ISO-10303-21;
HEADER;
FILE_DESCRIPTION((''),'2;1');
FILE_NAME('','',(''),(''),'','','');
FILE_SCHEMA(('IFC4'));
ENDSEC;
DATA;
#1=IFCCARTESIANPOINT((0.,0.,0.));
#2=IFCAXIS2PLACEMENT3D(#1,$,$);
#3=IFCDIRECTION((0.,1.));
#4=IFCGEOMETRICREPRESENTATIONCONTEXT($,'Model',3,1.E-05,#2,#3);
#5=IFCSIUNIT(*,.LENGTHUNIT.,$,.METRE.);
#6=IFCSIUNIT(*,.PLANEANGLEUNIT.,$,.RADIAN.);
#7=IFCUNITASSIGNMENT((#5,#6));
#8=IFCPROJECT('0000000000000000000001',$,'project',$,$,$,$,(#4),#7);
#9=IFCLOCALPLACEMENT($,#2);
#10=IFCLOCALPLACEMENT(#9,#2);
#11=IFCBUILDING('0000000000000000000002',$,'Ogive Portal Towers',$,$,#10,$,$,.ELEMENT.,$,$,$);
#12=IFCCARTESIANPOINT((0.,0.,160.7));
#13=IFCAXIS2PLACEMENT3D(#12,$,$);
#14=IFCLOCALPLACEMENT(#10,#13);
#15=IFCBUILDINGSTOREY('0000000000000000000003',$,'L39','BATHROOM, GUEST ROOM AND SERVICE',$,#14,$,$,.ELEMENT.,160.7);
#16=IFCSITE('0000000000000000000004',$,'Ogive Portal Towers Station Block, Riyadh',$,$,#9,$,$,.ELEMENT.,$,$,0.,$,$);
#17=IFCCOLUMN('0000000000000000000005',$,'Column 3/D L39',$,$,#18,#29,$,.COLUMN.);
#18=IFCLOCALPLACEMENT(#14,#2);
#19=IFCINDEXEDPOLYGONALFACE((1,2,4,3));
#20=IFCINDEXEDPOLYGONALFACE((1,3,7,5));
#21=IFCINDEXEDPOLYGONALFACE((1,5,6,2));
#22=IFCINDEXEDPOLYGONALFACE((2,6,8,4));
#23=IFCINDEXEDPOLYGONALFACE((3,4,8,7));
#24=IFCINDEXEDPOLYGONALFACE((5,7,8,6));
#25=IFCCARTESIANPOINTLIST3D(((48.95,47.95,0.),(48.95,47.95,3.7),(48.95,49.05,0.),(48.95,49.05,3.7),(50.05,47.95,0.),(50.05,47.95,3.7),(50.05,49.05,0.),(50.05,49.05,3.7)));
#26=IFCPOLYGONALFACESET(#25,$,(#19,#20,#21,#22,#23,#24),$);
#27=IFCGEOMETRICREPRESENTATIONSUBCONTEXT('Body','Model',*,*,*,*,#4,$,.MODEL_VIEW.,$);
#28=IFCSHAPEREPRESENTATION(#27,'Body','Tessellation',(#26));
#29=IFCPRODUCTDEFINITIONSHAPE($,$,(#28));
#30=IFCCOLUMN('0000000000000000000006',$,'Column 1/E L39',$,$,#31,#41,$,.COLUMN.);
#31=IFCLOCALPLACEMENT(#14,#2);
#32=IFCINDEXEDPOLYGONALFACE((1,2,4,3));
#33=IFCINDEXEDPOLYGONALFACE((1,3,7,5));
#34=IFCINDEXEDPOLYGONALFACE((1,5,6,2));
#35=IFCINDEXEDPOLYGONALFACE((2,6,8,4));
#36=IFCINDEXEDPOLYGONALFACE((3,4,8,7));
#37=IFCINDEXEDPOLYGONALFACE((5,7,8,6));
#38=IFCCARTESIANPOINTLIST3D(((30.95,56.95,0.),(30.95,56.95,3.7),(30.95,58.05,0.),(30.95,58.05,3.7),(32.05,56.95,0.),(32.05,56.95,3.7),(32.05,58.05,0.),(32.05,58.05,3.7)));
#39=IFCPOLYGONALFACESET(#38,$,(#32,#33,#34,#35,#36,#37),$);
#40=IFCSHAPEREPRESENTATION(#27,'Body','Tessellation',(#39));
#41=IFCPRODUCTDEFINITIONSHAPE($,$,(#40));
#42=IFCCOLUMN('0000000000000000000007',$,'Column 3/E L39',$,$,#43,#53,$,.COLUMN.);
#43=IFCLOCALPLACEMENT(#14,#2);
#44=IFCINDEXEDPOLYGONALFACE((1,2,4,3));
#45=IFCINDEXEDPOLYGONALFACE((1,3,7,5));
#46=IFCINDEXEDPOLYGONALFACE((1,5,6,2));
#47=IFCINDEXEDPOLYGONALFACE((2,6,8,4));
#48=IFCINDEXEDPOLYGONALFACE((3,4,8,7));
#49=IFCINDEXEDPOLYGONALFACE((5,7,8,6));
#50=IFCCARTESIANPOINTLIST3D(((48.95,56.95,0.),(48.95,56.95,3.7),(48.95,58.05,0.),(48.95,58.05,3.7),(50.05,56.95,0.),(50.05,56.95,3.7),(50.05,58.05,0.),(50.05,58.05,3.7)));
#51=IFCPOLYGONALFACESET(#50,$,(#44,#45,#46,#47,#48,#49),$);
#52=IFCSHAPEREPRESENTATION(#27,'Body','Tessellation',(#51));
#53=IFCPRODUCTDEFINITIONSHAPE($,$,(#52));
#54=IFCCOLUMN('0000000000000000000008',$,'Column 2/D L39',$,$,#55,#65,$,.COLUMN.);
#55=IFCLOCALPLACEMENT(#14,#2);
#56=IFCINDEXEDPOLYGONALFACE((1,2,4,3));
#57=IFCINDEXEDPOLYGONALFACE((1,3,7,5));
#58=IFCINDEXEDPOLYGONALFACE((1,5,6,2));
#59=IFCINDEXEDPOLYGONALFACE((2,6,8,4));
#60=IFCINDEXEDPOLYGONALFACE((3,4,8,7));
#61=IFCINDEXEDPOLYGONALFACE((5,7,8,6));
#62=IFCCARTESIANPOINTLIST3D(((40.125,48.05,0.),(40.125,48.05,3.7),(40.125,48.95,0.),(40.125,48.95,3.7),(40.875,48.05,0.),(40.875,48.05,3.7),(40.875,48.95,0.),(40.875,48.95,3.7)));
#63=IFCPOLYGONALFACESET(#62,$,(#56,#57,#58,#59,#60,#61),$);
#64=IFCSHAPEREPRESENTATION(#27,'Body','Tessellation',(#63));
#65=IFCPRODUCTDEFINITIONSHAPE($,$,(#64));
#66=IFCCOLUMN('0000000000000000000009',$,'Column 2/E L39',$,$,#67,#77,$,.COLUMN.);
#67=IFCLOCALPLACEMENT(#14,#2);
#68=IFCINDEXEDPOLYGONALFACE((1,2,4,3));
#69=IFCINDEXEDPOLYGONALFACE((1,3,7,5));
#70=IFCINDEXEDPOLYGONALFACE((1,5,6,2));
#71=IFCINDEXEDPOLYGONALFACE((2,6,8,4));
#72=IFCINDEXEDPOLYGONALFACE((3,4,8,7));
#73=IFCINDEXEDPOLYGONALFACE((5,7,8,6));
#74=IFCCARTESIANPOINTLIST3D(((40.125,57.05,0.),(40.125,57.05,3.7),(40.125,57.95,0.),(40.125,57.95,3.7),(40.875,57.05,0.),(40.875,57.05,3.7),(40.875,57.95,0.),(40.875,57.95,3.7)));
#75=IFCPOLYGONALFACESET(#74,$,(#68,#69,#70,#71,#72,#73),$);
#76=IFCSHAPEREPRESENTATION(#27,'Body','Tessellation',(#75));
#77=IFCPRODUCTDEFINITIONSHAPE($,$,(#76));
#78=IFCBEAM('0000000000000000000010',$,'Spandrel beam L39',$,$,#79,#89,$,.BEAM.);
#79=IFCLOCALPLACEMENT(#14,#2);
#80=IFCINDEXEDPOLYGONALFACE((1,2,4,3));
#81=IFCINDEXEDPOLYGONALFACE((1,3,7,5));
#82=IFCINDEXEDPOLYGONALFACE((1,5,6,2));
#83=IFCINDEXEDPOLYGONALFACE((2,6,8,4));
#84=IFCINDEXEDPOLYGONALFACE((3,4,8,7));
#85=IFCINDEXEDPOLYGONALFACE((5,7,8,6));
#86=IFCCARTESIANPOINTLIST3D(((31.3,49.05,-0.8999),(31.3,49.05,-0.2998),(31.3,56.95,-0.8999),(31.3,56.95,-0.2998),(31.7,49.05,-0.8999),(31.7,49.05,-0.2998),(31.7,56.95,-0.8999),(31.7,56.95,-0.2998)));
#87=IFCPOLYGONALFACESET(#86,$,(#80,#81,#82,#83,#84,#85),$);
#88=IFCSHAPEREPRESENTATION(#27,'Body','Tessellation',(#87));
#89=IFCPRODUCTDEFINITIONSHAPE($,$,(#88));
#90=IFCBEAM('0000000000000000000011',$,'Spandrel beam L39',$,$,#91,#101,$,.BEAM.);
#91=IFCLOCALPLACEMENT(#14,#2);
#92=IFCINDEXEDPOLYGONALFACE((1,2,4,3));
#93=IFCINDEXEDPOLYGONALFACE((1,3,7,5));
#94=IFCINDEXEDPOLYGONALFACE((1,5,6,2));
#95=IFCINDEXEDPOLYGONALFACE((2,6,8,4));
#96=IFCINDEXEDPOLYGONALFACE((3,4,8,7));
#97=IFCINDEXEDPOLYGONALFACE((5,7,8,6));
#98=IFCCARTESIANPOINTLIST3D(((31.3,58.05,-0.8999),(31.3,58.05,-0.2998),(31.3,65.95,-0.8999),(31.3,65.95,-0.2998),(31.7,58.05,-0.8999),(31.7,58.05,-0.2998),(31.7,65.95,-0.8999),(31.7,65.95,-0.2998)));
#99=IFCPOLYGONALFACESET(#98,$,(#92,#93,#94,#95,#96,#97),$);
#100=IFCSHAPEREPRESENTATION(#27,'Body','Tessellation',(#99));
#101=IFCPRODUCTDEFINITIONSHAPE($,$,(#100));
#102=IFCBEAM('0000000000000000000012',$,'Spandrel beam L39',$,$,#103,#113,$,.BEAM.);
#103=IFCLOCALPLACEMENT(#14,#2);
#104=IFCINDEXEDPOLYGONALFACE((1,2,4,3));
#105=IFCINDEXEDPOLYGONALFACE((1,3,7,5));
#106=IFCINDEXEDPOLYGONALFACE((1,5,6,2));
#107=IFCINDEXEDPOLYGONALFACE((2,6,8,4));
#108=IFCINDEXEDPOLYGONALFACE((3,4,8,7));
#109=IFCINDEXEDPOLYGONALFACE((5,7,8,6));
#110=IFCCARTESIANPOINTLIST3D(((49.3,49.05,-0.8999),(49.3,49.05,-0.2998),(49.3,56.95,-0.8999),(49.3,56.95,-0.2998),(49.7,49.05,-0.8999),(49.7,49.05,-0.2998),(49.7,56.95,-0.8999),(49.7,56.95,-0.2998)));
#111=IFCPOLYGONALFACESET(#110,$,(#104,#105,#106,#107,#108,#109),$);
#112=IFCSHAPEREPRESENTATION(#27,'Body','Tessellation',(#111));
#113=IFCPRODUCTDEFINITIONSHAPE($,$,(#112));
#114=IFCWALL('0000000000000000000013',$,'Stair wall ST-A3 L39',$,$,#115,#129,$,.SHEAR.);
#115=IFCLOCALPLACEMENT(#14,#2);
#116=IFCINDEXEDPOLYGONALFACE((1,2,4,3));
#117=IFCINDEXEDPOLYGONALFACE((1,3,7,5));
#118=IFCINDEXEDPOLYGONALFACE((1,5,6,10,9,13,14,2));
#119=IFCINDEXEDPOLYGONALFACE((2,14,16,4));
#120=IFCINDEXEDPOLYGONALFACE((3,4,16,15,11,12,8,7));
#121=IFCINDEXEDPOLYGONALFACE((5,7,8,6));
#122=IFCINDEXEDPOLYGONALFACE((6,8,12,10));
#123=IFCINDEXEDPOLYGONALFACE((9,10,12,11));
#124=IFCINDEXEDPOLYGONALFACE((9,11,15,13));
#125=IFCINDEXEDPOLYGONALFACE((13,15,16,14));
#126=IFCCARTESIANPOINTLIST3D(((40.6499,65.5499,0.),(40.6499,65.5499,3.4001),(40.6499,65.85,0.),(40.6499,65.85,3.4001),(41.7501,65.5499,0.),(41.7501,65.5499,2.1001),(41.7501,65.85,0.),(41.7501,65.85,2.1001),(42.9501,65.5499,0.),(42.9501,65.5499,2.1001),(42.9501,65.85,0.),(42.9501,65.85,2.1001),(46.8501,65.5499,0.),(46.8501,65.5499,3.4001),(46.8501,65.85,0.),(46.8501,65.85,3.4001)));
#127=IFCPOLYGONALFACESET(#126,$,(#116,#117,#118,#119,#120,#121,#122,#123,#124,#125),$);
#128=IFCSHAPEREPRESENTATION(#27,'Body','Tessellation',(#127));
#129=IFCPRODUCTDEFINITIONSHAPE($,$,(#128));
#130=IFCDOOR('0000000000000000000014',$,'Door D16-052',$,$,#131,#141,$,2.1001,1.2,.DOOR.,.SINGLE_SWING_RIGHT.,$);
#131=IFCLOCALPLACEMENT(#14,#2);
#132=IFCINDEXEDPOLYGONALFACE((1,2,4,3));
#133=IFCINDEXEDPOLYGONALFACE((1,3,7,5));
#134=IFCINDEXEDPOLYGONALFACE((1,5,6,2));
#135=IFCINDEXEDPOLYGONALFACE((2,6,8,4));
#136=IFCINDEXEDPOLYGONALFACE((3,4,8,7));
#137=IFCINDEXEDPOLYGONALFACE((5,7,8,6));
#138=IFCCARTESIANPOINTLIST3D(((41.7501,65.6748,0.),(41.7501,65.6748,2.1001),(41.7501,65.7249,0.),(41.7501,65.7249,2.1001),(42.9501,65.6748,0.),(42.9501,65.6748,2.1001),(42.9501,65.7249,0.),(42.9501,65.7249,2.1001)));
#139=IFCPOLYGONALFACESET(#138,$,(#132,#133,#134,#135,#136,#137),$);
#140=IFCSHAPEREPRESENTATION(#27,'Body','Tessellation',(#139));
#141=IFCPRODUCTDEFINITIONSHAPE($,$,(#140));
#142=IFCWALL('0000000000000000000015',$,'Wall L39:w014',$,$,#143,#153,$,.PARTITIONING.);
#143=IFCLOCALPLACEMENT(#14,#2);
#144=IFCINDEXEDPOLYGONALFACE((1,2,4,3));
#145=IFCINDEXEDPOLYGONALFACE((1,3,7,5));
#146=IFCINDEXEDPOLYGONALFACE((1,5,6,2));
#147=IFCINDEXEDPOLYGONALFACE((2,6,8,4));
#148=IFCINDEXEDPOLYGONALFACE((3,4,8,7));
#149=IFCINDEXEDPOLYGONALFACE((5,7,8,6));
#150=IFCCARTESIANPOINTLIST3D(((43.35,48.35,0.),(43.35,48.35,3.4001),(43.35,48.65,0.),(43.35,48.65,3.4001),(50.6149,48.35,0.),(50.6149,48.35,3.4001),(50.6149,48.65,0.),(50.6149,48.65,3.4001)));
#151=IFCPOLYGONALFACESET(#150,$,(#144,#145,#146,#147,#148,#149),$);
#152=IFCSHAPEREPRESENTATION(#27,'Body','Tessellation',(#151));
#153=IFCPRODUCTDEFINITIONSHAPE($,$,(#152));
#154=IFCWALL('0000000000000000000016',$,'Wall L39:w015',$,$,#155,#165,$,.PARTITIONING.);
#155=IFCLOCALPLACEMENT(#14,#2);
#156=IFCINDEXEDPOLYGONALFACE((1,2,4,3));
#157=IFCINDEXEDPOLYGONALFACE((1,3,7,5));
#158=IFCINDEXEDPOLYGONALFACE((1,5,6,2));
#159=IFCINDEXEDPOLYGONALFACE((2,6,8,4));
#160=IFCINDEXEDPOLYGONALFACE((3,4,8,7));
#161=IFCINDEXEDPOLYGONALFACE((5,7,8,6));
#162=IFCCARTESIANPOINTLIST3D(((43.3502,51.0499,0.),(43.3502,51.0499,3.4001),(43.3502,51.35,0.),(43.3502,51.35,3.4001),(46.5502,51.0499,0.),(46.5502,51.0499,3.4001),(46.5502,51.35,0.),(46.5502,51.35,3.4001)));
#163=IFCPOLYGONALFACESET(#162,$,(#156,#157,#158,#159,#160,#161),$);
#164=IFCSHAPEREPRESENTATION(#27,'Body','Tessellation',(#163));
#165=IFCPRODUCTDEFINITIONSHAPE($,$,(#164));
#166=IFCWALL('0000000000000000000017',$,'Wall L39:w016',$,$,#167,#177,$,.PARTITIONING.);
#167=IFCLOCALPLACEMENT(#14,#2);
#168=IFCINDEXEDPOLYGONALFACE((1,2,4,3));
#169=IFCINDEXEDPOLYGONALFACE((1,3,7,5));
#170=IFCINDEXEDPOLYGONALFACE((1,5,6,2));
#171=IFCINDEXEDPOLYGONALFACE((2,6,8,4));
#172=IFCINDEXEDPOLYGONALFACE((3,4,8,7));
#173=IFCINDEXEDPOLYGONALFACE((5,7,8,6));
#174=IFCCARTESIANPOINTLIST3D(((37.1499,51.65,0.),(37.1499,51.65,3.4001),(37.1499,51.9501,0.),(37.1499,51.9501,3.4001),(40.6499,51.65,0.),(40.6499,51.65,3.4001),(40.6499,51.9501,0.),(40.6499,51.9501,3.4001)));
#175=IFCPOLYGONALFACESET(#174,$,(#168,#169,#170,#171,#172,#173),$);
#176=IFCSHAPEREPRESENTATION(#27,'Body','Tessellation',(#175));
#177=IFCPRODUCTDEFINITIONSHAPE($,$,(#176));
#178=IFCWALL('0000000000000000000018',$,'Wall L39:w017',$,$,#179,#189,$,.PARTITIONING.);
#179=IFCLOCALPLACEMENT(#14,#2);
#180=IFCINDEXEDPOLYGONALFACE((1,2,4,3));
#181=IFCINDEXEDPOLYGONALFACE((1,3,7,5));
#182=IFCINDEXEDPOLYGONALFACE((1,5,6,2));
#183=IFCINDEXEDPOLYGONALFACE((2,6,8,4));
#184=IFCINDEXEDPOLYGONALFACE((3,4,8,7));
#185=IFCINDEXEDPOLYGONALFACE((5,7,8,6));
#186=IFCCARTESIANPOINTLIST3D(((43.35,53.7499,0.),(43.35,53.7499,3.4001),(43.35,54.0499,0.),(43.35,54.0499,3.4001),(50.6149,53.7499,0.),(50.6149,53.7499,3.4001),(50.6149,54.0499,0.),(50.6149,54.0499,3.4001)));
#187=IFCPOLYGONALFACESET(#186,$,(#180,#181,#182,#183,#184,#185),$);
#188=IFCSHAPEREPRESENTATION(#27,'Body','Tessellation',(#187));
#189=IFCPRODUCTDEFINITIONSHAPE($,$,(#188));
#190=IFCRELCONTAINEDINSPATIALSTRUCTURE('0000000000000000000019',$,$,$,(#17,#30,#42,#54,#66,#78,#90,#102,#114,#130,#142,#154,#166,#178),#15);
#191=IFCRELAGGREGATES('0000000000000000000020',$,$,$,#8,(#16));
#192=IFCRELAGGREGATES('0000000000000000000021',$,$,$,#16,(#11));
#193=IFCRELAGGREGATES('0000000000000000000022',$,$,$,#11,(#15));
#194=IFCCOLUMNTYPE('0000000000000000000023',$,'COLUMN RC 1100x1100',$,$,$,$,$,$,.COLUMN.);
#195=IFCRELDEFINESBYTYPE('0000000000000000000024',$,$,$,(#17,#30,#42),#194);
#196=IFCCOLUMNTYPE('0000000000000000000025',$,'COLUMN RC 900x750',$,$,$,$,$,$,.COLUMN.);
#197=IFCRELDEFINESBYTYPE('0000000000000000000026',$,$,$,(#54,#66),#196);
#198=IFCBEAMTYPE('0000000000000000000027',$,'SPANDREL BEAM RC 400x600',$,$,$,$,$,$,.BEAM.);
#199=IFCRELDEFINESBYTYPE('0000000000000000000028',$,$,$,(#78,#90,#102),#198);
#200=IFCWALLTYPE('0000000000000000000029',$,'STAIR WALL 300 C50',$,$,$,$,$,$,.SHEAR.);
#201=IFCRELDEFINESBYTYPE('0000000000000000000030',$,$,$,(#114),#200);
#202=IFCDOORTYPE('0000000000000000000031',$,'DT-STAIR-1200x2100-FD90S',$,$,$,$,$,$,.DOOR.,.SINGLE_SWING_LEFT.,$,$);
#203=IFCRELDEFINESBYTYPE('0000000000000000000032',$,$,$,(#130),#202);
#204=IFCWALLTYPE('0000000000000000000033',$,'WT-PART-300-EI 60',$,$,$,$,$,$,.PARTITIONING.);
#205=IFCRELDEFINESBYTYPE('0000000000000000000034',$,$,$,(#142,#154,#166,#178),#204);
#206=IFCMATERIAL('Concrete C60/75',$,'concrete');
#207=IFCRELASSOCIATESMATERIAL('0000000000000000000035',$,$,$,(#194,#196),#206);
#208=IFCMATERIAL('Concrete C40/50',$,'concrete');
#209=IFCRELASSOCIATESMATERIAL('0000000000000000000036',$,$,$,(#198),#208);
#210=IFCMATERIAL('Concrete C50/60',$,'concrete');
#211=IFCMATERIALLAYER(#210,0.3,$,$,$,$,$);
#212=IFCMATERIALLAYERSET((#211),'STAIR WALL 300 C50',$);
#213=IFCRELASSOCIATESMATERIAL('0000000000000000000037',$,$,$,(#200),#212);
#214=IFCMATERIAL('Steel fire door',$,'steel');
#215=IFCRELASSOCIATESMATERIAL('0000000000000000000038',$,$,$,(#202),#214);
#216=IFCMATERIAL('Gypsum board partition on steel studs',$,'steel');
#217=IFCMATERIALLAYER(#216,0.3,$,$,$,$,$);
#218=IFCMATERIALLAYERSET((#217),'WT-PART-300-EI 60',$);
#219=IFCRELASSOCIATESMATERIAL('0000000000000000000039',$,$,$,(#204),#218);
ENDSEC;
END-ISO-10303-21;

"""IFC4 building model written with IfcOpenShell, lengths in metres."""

from ifc_helpers import new_model, si_unit, direction, frame, frame_2d, origin, origin_2d, place, context, subcontext, project, spatial, rectangle, extrude, material, layer, layer_set, material_profile, profile_set, type_object, element, fill, save


model = new_model("IFC4")

# Units and contexts
model_context = context("Model", 3, precision=1e-05, world=origin(), true_north=direction((0.0, 1.0)))
body_context = subcontext(model_context, "Body", "Model", "MODEL_VIEW")
ifc_project = project(units=[si_unit("LENGTHUNIT", "METRE"), si_unit("PLANEANGLEUNIT", "RADIAN")], contexts=[model_context])

# Site, building, storey
site_placement = place(None, origin())
site = spatial("IfcSite", under=ifc_project, at=site_placement, Name="Ogive Portal Towers Station Block, Riyadh", CompositionType="ELEMENT", RefElevation=0.0)
building_placement = place(site_placement, origin())
building = spatial("IfcBuilding", under=site, at=building_placement, Name="Ogive Portal Towers", CompositionType="ELEMENT")
storey_placement = place(building_placement, frame((0.0, 0.0, 160.7)))
storey = spatial("IfcBuildingStorey", under=building, at=storey_placement, Name="L39", Description="BATHROOM, GUEST ROOM AND SERVICE", CompositionType="ELEMENT", Elevation=160.7)

# Columns
ifc_material_1 = material(Name="Concrete C60/75", Category="concrete")
ifc_material_profile_1 = material_profile(ifc_material_1, rectangle(XDim=1.1001, YDim=1.1001, at=origin_2d()), Name="RC 1100x1100")
ifc_profile_set_1 = profile_set([ifc_material_profile_1], Name="Concrete C60/75")
column_type_1 = type_object("IfcColumnType", Name="COLUMN RC 1100x1100", PredefinedType="COLUMN", material=ifc_profile_set_1)
for number, where, z_axis, x_axis, name in (
    (1, (49.5, 48.5, 0.0), (0.0, 0.0, 1.0), (1.0, 0.0, 0.0), "Column 3/D L39"),
    (2, (31.5, 57.5, 0.0), (0.0, 0.0, 1.0), (1.0, 0.0, 0.0), "Column 1/E L39"),
    (3, (49.5, 57.5, 0.0), (0.0, 0.0, 1.0), (1.0, 0.0, 0.0), "Column 3/E L39"),
):
    element("IfcColumn", number, at=place(storey_placement, frame(where, z_axis=z_axis, x_axis=x_axis)), inside=storey, type_object=column_type_1, Name=name, PredefinedType="COLUMN", context=body_context, shape_type="SweptSolid", body=[
        extrude(rectangle(XDim=1.1001, YDim=1.1001, at=origin_2d()), origin(), (0.0, 0.0, 1.0), 3.7),
    ])
ifc_material_profile_2 = material_profile(ifc_material_1, rectangle(XDim=0.8999, YDim=0.75, at=origin_2d()), Name="RC 900x750")
ifc_profile_set_2 = profile_set([ifc_material_profile_2], Name="Concrete C60/75")
column_type_2 = type_object("IfcColumnType", Name="COLUMN RC 900x750", PredefinedType="COLUMN", material=ifc_profile_set_2)
for number, where, z_axis, x_axis, name in (
    (4, (40.5, 48.5, 0.0), (0.0, 0.0, 1.0), (0.0, 1.0, 0.0), "Column 2/D L39"),
    (5, (40.5, 57.5, 0.0), (0.0, 0.0, 1.0), (0.0, 1.0, 0.0), "Column 2/E L39"),
):
    element("IfcColumn", number, at=place(storey_placement, frame(where, z_axis=z_axis, x_axis=x_axis)), inside=storey, type_object=column_type_2, Name=name, PredefinedType="COLUMN", context=body_context, shape_type="SweptSolid", body=[
        extrude(rectangle(XDim=0.8999, YDim=0.75, at=origin_2d()), origin(), (0.0, 0.0, 1.0), 3.7),
    ])

# Beams
ifc_material_2 = material(Name="Concrete C40/50", Category="concrete")
ifc_material_profile_3 = material_profile(ifc_material_2, rectangle(XDim=0.3999, YDim=0.6001, at=origin_2d()), Name="RC 400x600")
ifc_profile_set_3 = profile_set([ifc_material_profile_3], Name="Concrete C40/50")
beam_type = type_object("IfcBeamType", Name="SPANDREL BEAM RC 400x600", PredefinedType="BEAM", material=ifc_profile_set_3)
for number, where, z_axis, x_axis, name in (
    (6, (31.5, 49.05, -0.5999), (0.0, 1.0, 0.0), (-1.0, 0.0, 0.0), "Spandrel beam L39"),
    (7, (31.5, 58.05, -0.5999), (0.0, 1.0, 0.0), (-1.0, 0.0, 0.0), "Spandrel beam L39"),
    (8, (49.5, 56.95, -0.5999), (0.0, -1.0, 0.0), (1.0, 0.0, 0.0), "Spandrel beam L39"),
):
    element("IfcBeam", number, at=place(storey_placement, frame(where, z_axis=z_axis, x_axis=x_axis)), inside=storey, type_object=beam_type, Name=name, PredefinedType="BEAM", context=body_context, shape_type="SweptSolid", body=[
        extrude(rectangle(XDim=0.3999, YDim=0.6001, at=origin_2d()), origin(), (0.0, 0.0, 1.0), 7.8999),
    ])

# Wall, opening, door
ifc_material_3 = material(Name="Concrete C50/60", Category="concrete")
ifc_layer_1 = layer(ifc_material_3, 0.3)
ifc_layer_set_1 = layer_set([ifc_layer_1], Name="STAIR WALL 300 C50")
wall_type_1 = type_object("IfcWallType", Name="STAIR WALL 300 C50", PredefinedType="SHEAR", material=ifc_layer_set_1)
wall_1_placement = place(storey_placement, frame((40.6499, 65.7, 0.0), z_axis=(0.0, 0.0, 1.0), x_axis=(1.0, 0.0, 0.0)))
wall_1 = element("IfcWall", 9, at=wall_1_placement, inside=storey, type_object=wall_type_1, Name="Stair wall ST-A3 L39", PredefinedType="SHEAR", context=body_context, shape_type="SweptSolid", body=[
    extrude(rectangle(XDim=6.2002, YDim=0.3, at=frame_2d((3.1001, 0.0))), origin(), (0.0, 0.0, 1.0), 3.4001),
])
opening_1_placement = place(wall_1_placement, frame((1.1001, 0.0, 0.0)))
opening_1 = element("IfcOpeningElement", 10, at=opening_1_placement, cuts=wall_1, PredefinedType="OPENING", context=body_context, shape_type="SweptSolid", body=[
    extrude(rectangle(XDim=1.2, YDim=2.1001, at=frame_2d((0.6001, 1.05))), frame((0.0, 0.1602, 0.0), z_axis=(0.0, -1.0, 0.0), x_axis=(1.0, 0.0, 0.0)), (0.0, 0.0, 1.0), 0.3201),
])
ifc_material_4 = material(Name="Steel fire door", Category="steel")
door_type_1 = type_object("IfcDoorType", Name="DT-STAIR-1200x2100-FD90S", OperationType="SINGLE_SWING_LEFT", PredefinedType="DOOR", material=ifc_material_4)
door_1_placement = place(opening_1_placement, origin())
door_1 = element("IfcDoor", 11, at=door_1_placement, inside=storey, type_object=door_type_1, Name="Door D16-052", OperationType="SINGLE_SWING_RIGHT", OverallHeight=2.1001, OverallWidth=1.2, PredefinedType="DOOR", context=body_context, shape_type="SweptSolid", body=[
    extrude(rectangle(XDim=1.2, YDim=2.1001, at=frame_2d((0.6001, 1.05))), frame((0.0, 0.0249, 0.0), z_axis=(0.0, -1.0, 0.0), x_axis=(1.0, 0.0, 0.0)), (0.0, 0.0, 1.0), 0.05),
])
fill(opening_1, door_1)

# Walls
ifc_material_5 = material(Name="Gypsum board partition on steel studs", Category="steel")
ifc_layer_2 = layer(ifc_material_5, 0.3)
ifc_layer_set_2 = layer_set([ifc_layer_2], Name="WT-PART-300-EI 60")
wall_type_2 = type_object("IfcWallType", Name="WT-PART-300-EI 60", PredefinedType="PARTITIONING", material=ifc_layer_set_2)
wall_2_placement = place(storey_placement, frame((43.3501, 48.5, 0.0), z_axis=(0.0, 0.0, 1.0), x_axis=(1.0, 0.0, 0.0)))
element("IfcWall", 12, at=wall_2_placement, inside=storey, type_object=wall_type_2, Name="Wall L39:w014", PredefinedType="PARTITIONING", context=body_context, shape_type="SweptSolid", body=[
    extrude(rectangle(XDim=7.2649, YDim=0.3, at=frame_2d((3.6323, 0.0))), origin(), (0.0, 0.0, 1.0), 3.4001),
])
wall_3_placement = place(storey_placement, frame((43.3501, 51.2, 0.0), z_axis=(0.0, 0.0, 1.0), x_axis=(1.0, 0.0, 0.0)))
element("IfcWall", 13, at=wall_3_placement, inside=storey, type_object=wall_type_2, Name="Wall L39:w015", PredefinedType="PARTITIONING", context=body_context, shape_type="SweptSolid", body=[
    extrude(rectangle(XDim=3.2, YDim=0.3, at=frame_2d((1.6001, 0.0))), origin(), (0.0, 0.0, 1.0), 3.4001),
])
wall_4_placement = place(storey_placement, frame((37.1499, 51.8, 0.0), z_axis=(0.0, 0.0, 1.0), x_axis=(1.0, 0.0, 0.0)))
element("IfcWall", 14, at=wall_4_placement, inside=storey, type_object=wall_type_2, Name="Wall L39:w016", PredefinedType="PARTITIONING", context=body_context, shape_type="SweptSolid", body=[
    extrude(rectangle(XDim=3.5, YDim=0.3, at=frame_2d((1.75, 0.0))), origin(), (0.0, 0.0, 1.0), 3.4001),
])
wall_5_placement = place(storey_placement, frame((43.3501, 53.8999, 0.0), z_axis=(0.0, 0.0, 1.0), x_axis=(1.0, 0.0, 0.0)))
element("IfcWall", 15, at=wall_5_placement, inside=storey, type_object=wall_type_2, Name="Wall L39:w017", PredefinedType="PARTITIONING", context=body_context, shape_type="SweptSolid", body=[
    extrude(rectangle(XDim=7.2649, YDim=0.3, at=frame_2d((3.6323, 0.0))), origin(), (0.0, 0.0, 1.0), 3.4001),
])

save(model, "model.ifc")
